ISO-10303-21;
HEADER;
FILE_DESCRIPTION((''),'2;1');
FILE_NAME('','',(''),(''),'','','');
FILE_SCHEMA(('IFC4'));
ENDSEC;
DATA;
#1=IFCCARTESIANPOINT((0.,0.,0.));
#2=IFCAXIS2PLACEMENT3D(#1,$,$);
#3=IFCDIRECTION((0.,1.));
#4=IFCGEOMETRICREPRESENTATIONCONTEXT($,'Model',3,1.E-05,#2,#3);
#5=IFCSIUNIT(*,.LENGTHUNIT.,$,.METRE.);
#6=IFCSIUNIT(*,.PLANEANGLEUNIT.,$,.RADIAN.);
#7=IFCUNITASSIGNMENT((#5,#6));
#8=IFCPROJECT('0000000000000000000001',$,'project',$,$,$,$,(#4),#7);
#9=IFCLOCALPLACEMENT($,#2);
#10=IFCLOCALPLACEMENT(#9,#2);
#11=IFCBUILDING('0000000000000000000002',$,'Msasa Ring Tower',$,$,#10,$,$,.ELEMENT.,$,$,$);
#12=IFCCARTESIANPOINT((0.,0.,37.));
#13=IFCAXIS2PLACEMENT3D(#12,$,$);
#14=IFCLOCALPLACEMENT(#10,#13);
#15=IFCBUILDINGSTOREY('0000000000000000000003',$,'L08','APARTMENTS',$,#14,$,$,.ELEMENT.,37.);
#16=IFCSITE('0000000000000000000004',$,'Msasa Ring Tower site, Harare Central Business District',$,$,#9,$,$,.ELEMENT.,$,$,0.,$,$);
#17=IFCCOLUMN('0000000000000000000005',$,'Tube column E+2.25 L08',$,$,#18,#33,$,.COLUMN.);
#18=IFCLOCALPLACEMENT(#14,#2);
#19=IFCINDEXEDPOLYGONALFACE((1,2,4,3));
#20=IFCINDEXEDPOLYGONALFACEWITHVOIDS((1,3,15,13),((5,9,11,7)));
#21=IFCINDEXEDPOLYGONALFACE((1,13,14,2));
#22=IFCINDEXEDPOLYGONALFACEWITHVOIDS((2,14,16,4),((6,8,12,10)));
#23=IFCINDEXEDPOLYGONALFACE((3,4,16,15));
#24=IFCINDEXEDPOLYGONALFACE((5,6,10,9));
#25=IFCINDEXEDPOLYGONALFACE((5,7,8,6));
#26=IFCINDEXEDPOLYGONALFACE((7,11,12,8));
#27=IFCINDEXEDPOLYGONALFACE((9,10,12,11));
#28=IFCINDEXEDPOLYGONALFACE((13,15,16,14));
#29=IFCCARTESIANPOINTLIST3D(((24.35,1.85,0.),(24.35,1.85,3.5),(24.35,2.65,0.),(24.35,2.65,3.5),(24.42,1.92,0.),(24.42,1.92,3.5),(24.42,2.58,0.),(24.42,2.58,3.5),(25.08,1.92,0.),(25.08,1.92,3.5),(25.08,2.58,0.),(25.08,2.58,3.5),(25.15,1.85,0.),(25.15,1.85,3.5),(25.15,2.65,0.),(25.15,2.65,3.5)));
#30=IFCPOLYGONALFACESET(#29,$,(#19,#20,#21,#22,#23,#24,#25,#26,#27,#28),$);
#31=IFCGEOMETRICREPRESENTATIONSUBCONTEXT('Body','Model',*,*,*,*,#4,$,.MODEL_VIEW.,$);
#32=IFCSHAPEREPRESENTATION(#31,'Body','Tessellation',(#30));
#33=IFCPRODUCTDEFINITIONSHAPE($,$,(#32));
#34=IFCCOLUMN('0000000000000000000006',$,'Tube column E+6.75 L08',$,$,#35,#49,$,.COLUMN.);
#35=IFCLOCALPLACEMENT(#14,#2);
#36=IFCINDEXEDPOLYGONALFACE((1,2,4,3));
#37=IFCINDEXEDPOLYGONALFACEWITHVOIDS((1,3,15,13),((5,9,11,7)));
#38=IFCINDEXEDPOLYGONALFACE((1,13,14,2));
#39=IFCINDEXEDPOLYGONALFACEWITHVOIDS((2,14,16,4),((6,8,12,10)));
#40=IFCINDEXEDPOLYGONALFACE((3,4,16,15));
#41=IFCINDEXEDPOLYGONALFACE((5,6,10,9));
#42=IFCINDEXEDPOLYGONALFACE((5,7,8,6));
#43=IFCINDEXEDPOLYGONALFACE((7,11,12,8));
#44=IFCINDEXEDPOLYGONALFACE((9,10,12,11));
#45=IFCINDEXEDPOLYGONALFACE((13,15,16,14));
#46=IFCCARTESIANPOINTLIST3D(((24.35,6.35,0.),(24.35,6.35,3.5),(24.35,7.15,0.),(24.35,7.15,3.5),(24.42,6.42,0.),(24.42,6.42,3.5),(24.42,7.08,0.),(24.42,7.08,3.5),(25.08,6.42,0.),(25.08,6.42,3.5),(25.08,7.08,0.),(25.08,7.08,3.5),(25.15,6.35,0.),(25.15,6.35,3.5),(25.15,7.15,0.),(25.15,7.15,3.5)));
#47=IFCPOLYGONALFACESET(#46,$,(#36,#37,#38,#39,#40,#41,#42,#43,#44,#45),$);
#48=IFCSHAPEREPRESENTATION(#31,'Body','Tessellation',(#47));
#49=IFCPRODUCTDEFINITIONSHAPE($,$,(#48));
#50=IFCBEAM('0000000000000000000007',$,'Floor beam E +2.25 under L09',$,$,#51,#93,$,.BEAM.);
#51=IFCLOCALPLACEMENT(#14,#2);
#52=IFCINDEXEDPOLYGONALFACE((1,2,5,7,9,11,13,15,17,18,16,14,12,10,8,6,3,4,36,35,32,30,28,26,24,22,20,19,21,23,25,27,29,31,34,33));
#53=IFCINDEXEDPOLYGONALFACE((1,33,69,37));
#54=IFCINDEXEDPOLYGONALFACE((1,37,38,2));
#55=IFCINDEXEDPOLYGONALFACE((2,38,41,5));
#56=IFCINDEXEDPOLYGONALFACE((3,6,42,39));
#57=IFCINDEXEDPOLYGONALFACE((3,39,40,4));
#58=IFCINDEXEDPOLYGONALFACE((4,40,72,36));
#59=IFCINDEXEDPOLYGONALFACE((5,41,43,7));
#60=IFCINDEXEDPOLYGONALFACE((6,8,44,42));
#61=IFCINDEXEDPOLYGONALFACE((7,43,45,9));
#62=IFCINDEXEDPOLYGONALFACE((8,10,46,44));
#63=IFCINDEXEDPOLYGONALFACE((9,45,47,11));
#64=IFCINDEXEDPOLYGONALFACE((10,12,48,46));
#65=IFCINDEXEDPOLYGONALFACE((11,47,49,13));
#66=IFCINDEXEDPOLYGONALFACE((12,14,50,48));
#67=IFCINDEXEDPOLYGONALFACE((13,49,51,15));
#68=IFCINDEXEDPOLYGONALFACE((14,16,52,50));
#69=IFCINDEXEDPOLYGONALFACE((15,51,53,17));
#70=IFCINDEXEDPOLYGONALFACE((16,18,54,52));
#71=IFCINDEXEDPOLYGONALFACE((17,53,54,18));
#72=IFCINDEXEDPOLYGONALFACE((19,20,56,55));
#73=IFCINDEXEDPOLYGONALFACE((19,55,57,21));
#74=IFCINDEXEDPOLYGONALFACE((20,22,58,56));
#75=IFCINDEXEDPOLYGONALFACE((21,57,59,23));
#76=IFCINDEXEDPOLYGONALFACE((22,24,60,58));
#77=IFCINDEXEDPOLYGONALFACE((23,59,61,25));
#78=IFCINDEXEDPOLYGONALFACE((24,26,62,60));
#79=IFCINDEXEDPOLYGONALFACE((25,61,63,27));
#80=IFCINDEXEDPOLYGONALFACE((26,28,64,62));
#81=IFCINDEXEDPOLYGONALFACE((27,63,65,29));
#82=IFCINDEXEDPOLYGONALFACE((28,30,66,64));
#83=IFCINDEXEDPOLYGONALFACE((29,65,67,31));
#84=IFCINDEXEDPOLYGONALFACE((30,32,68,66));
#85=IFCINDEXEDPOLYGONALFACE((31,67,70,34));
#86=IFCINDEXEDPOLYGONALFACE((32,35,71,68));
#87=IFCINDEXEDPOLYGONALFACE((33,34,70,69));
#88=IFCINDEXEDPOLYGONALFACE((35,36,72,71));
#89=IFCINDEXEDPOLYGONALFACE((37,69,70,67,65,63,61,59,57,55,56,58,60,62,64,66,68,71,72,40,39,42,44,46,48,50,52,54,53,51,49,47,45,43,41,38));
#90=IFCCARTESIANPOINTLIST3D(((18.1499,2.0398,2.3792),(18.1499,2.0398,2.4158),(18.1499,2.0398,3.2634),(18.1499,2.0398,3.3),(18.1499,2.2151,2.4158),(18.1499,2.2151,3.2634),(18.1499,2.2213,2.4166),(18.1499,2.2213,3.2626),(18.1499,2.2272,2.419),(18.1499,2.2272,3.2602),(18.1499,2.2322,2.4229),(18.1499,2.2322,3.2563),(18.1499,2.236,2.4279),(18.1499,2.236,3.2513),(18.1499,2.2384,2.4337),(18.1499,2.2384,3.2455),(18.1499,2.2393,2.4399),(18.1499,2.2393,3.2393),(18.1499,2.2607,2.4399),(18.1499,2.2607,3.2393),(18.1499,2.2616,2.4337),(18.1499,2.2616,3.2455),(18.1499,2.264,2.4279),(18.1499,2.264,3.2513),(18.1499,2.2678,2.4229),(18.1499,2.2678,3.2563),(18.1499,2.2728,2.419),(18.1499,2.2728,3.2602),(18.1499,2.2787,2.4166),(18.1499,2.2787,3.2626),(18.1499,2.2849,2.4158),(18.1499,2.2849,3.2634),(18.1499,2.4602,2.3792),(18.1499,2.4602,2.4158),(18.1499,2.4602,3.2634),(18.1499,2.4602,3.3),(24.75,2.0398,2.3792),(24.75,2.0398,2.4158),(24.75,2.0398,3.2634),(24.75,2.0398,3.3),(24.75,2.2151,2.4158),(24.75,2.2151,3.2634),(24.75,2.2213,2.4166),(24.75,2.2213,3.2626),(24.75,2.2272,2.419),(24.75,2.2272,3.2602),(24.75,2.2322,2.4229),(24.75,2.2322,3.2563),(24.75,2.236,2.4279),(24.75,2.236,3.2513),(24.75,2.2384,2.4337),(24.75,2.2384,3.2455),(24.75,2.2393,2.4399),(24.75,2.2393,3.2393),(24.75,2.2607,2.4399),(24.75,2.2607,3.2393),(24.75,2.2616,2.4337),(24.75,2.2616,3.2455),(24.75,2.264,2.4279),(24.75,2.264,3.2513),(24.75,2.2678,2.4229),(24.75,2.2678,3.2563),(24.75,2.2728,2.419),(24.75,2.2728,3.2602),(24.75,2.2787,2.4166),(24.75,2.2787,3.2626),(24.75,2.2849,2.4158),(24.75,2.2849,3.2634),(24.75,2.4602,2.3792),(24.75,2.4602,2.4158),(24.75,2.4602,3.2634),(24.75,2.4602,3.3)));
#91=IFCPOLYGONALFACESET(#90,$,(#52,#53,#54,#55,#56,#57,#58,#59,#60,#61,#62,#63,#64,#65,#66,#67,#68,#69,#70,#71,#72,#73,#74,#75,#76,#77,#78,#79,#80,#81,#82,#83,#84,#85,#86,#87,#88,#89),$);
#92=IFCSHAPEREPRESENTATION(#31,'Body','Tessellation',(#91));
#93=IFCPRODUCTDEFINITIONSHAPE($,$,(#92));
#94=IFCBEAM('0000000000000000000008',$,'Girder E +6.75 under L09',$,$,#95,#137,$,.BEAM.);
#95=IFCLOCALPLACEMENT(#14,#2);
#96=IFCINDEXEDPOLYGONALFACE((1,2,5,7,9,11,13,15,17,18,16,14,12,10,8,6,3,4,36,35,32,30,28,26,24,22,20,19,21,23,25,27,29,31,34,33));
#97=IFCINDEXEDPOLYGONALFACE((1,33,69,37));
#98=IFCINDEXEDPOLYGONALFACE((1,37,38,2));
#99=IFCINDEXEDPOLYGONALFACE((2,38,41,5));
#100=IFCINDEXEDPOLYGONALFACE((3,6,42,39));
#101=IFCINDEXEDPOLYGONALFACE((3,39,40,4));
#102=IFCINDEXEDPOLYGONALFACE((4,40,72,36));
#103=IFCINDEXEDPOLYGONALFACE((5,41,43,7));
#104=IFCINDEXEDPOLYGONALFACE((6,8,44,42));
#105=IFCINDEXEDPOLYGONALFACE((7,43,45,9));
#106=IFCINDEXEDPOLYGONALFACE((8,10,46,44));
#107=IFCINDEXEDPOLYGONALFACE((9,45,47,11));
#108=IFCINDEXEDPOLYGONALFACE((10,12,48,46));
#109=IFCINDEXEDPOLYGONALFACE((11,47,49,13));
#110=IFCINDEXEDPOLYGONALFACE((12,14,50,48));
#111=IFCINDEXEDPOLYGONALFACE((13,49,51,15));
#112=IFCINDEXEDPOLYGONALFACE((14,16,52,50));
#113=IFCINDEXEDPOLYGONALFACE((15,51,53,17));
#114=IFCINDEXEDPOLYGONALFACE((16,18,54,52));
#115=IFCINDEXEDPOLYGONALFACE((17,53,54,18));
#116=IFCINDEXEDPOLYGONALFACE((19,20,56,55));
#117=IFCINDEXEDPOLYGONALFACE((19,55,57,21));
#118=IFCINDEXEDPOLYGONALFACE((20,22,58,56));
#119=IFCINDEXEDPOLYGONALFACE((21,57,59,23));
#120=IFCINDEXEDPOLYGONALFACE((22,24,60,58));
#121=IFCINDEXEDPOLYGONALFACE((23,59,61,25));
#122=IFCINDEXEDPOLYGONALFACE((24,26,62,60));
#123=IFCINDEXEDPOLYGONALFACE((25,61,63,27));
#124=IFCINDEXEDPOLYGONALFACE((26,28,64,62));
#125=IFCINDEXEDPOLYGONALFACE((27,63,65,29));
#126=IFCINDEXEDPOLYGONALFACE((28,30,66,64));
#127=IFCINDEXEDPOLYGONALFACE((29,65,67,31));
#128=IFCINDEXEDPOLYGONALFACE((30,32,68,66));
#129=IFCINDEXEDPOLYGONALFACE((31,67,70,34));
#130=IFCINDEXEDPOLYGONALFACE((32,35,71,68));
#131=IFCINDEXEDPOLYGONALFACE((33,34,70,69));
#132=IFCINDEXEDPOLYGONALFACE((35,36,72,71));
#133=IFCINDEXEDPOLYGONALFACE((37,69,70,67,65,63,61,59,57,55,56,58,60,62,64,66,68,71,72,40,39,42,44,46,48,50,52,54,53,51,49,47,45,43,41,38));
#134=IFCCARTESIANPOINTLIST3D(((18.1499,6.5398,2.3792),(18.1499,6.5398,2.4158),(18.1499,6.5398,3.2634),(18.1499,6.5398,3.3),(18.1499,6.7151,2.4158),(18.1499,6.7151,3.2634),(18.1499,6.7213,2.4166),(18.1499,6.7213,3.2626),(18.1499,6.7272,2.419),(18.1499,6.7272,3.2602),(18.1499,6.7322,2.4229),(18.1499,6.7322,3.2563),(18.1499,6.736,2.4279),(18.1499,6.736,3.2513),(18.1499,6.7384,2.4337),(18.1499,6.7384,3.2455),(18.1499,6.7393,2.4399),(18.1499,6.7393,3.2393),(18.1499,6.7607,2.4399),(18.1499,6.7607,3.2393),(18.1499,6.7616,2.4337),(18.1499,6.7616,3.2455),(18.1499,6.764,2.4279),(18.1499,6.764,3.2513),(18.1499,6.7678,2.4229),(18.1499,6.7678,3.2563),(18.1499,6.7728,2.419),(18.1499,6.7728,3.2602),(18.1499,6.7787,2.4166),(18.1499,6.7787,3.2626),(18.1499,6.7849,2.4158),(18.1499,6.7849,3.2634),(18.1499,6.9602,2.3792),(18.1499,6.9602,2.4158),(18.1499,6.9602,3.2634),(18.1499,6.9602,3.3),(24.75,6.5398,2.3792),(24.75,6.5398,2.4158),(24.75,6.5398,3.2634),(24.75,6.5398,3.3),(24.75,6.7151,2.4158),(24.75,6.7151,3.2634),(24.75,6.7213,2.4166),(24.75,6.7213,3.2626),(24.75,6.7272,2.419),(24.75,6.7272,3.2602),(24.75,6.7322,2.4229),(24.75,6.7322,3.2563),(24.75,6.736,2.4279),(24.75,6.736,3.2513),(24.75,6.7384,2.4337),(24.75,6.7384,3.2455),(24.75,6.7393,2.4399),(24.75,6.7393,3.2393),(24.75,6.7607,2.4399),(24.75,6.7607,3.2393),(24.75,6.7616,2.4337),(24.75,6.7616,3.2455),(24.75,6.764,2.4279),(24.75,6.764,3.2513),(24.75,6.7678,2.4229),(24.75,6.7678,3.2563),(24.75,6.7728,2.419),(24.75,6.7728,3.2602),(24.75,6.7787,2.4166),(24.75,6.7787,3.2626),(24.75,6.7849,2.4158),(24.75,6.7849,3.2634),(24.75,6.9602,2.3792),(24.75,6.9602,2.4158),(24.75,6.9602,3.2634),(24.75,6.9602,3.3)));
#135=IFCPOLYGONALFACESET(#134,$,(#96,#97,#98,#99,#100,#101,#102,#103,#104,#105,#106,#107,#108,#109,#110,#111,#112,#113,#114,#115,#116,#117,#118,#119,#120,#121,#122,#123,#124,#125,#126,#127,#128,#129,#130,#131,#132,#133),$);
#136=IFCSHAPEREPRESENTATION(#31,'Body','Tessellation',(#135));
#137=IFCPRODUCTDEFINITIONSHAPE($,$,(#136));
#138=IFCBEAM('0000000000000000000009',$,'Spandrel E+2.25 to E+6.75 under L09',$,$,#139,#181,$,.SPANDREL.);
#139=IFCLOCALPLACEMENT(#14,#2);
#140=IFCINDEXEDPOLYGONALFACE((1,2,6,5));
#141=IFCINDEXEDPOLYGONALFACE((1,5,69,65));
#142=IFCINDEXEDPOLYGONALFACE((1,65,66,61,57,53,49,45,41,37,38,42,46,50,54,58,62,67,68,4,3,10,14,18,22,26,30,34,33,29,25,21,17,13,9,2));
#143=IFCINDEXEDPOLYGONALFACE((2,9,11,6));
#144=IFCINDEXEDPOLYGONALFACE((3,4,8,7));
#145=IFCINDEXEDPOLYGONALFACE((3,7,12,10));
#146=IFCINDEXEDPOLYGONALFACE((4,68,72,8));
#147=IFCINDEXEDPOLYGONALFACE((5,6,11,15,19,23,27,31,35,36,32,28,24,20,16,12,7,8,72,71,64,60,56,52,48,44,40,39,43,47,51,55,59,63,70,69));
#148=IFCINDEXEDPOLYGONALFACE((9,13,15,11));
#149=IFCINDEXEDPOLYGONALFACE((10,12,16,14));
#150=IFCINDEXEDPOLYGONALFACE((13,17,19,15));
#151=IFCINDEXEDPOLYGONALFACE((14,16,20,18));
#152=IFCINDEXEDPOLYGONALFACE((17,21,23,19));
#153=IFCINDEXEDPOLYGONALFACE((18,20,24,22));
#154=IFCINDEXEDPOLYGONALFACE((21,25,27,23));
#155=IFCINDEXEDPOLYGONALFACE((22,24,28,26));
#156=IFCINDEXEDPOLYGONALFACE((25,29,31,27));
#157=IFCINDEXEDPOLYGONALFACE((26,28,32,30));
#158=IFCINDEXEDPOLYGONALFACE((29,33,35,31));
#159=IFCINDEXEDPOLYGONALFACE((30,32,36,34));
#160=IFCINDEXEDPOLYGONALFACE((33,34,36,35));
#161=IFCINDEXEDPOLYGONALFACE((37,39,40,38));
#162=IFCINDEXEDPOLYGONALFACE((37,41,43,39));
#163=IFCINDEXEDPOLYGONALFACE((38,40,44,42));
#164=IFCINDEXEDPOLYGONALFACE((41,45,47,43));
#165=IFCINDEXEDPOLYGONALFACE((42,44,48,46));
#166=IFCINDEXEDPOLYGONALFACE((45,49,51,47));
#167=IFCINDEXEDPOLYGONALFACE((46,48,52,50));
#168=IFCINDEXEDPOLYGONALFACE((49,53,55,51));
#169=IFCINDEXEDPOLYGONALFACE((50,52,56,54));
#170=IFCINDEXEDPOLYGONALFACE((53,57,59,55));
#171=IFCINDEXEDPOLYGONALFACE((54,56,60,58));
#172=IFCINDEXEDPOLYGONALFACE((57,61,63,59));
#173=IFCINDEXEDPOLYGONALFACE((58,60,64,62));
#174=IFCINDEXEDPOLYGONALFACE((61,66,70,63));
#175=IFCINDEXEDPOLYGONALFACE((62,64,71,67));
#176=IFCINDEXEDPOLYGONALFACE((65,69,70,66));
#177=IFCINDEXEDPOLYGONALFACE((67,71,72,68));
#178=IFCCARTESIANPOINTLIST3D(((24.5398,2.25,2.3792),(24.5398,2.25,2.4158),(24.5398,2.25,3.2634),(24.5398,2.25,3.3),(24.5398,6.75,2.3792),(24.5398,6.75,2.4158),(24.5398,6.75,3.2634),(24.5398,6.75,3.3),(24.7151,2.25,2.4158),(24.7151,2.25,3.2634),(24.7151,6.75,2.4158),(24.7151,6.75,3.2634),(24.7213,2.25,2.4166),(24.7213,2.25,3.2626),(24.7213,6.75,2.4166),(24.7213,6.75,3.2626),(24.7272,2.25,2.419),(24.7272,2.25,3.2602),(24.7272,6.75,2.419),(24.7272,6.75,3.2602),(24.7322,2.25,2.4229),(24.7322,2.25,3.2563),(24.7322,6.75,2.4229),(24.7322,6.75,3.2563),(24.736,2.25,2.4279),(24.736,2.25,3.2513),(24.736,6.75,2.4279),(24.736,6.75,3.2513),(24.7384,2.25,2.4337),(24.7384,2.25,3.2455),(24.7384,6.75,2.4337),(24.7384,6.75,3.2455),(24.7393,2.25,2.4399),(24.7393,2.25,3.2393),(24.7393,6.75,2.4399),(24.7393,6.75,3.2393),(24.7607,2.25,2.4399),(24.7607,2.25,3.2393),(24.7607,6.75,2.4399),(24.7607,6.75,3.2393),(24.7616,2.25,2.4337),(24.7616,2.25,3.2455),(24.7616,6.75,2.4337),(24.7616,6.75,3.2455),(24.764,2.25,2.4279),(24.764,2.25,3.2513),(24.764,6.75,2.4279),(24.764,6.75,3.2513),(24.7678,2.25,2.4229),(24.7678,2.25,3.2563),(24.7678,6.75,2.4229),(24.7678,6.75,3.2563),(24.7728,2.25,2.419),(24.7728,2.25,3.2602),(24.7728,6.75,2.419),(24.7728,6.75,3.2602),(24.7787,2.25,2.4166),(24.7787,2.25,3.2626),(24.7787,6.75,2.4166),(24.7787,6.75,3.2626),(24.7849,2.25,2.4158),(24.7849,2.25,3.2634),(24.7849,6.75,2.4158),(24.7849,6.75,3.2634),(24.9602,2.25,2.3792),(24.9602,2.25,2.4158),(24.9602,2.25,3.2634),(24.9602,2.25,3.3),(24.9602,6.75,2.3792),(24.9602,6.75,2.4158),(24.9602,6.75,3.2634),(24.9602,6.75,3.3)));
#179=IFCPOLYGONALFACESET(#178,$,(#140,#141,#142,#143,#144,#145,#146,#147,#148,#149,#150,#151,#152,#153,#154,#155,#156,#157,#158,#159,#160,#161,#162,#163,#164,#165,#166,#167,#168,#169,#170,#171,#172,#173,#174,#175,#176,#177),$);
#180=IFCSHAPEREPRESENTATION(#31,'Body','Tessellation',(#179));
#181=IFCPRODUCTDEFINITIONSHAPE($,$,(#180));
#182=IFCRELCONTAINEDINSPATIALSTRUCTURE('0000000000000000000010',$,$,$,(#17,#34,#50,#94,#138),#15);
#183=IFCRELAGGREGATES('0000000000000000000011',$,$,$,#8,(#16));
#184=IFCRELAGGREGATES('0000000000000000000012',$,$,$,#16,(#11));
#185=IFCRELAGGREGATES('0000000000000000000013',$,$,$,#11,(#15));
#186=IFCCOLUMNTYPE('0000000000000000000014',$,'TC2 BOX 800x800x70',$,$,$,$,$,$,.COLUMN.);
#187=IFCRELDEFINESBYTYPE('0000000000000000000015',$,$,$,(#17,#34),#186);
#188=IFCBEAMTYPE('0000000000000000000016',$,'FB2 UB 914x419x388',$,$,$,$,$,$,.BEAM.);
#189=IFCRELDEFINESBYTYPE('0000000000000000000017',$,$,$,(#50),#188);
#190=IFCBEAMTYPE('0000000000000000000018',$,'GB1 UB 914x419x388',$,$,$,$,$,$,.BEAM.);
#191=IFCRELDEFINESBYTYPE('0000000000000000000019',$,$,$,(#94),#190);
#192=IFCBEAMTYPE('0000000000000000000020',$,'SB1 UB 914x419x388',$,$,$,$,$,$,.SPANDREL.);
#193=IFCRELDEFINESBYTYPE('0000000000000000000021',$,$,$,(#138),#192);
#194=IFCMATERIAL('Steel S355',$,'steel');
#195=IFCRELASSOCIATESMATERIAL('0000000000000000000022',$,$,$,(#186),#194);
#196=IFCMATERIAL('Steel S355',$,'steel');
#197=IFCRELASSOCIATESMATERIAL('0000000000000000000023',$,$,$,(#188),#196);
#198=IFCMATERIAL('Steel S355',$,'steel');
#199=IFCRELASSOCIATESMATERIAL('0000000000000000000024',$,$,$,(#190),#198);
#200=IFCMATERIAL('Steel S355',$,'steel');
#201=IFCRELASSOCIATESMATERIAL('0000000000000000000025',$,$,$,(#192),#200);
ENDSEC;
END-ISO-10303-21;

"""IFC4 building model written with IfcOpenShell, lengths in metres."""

from ifc_helpers import new_model, si_unit, direction, frame, origin, origin_2d, place, context, subcontext, project, spatial, hollow_rectangle, i_section, extrude, material, material_profile, profile_set, type_object, element, save


model = new_model("IFC4")

# Units and contexts
model_context = context("Model", 3, precision=1e-05, world=origin(), true_north=direction((0.0, 1.0)))
body_context = subcontext(model_context, "Body", "Model", "MODEL_VIEW")
ifc_project = project(units=[si_unit("LENGTHUNIT", "METRE"), si_unit("PLANEANGLEUNIT", "RADIAN")], contexts=[model_context])

# Site, building, storey
site_placement = place(None, origin())
site = spatial("IfcSite", under=ifc_project, at=site_placement, Name="Msasa Ring Tower site, Harare Central Business District", CompositionType="ELEMENT", RefElevation=0.0)
building_placement = place(site_placement, origin())
building = spatial("IfcBuilding", under=site, at=building_placement, Name="Msasa Ring Tower", CompositionType="ELEMENT")
storey_placement = place(building_placement, frame((0.0, 0.0, 37.0)))
storey = spatial("IfcBuildingStorey", under=building, at=storey_placement, Name="L08", Description="APARTMENTS", CompositionType="ELEMENT", Elevation=37.0)

# Columns
ifc_material_1 = material(Name="Steel S355", Category="steel")
ifc_material_profile_1 = material_profile(ifc_material_1, hollow_rectangle(XDim=0.8, YDim=0.8, WallThickness=0.0701, at=origin_2d()), Name="BOX 800x800x70")
ifc_profile_set_1 = profile_set([ifc_material_profile_1], Name="Steel S355")
column_type = type_object("IfcColumnType", Name="TC2 BOX 800x800x70", PredefinedType="COLUMN", material=ifc_profile_set_1)
for number, where, z_axis, x_axis, name in (
    (1, (24.75, 2.25, 0.0), (0.0, 0.0, 1.0), (1.0, 0.0, 0.0), "Tube column E+2.25 L08"),
    (2, (24.75, 6.75, 0.0), (0.0, 0.0, 1.0), (1.0, 0.0, 0.0), "Tube column E+6.75 L08"),
):
    element("IfcColumn", number, at=place(storey_placement, frame(where, z_axis=z_axis, x_axis=x_axis)), inside=storey, type_object=column_type, Name=name, PredefinedType="COLUMN", context=body_context, shape_type="SweptSolid", body=[
        extrude(hollow_rectangle(XDim=0.8, YDim=0.8, WallThickness=0.0701, at=origin_2d()), origin(), (0.0, 0.0, 1.0), 3.5),
    ])

# Beams
ifc_material_2 = material(Name="Steel S355", Category="steel")
ifc_material_profile_2 = material_profile(ifc_material_2, i_section(OverallWidth=0.4204, OverallDepth=0.9209, WebThickness=0.0215, FlangeThickness=0.0366, FilletRadius=0.0242, at=origin_2d()), Name="UB 914x419x388")
ifc_profile_set_2 = profile_set([ifc_material_profile_2], Name="Steel S355")
beam_type_1 = type_object("IfcBeamType", Name="FB2 UB 914x419x388", PredefinedType="BEAM", material=ifc_profile_set_2)
beam_1_placement = place(storey_placement, frame((24.75, 2.25, 2.8396), z_axis=(-1.0, 0.0, 0.0), x_axis=(0.0, -1.0, 0.0)))
element("IfcBeam", 3, at=beam_1_placement, inside=storey, type_object=beam_type_1, Name="Floor beam E +2.25 under L09", PredefinedType="BEAM", context=body_context, shape_type="SweptSolid", body=[
    extrude(i_section(OverallWidth=0.4204, OverallDepth=0.9209, WebThickness=0.0215, FlangeThickness=0.0366, FilletRadius=0.0242, at=origin_2d()), origin(), (0.0, 0.0, 1.0), 6.6001),
])
ifc_material_3 = material(Name="Steel S355", Category="steel")
ifc_material_profile_3 = material_profile(ifc_material_3, i_section(OverallWidth=0.4204, OverallDepth=0.9209, WebThickness=0.0215, FlangeThickness=0.0366, FilletRadius=0.0242, at=origin_2d()), Name="UB 914x419x388")
ifc_profile_set_3 = profile_set([ifc_material_profile_3], Name="Steel S355")
beam_type_2 = type_object("IfcBeamType", Name="GB1 UB 914x419x388", PredefinedType="BEAM", material=ifc_profile_set_3)
beam_2_placement = place(storey_placement, frame((18.1499, 6.75, 2.8396), z_axis=(1.0, 0.0, 0.0), x_axis=(0.0, 1.0, 0.0)))
element("IfcBeam", 4, at=beam_2_placement, inside=storey, type_object=beam_type_2, Name="Girder E +6.75 under L09", PredefinedType="BEAM", context=body_context, shape_type="SweptSolid", body=[
    extrude(i_section(OverallWidth=0.4204, OverallDepth=0.9209, WebThickness=0.0215, FlangeThickness=0.0366, FilletRadius=0.0242, at=origin_2d()), origin(), (0.0, 0.0, 1.0), 6.6001),
])
ifc_material_4 = material(Name="Steel S355", Category="steel")
ifc_material_profile_4 = material_profile(ifc_material_4, i_section(OverallWidth=0.4204, OverallDepth=0.9209, WebThickness=0.0215, FlangeThickness=0.0366, FilletRadius=0.0242, at=origin_2d()), Name="UB 914x419x388")
ifc_profile_set_4 = profile_set([ifc_material_profile_4], Name="Steel S355")
beam_type_3 = type_object("IfcBeamType", Name="SB1 UB 914x419x388", PredefinedType="SPANDREL", material=ifc_profile_set_4)
for number, where, z_axis, x_axis, name in (
    (5, (24.75, 2.25, 2.8396), (0.0, 1.0, 0.0), (-1.0, 0.0, 0.0), "Spandrel E+2.25 to E+6.75 under L09"),
):
    element("IfcBeam", number, at=place(storey_placement, frame(where, z_axis=z_axis, x_axis=x_axis)), inside=storey, type_object=beam_type_3, Name=name, PredefinedType="SPANDREL", context=body_context, shape_type="SweptSolid", body=[
        extrude(i_section(OverallWidth=0.4204, OverallDepth=0.9209, WebThickness=0.0215, FlangeThickness=0.0366, FilletRadius=0.0242, at=origin_2d()), origin(), (0.0, 0.0, 1.0), 4.5),
    ])

save(model, "model.ifc")
